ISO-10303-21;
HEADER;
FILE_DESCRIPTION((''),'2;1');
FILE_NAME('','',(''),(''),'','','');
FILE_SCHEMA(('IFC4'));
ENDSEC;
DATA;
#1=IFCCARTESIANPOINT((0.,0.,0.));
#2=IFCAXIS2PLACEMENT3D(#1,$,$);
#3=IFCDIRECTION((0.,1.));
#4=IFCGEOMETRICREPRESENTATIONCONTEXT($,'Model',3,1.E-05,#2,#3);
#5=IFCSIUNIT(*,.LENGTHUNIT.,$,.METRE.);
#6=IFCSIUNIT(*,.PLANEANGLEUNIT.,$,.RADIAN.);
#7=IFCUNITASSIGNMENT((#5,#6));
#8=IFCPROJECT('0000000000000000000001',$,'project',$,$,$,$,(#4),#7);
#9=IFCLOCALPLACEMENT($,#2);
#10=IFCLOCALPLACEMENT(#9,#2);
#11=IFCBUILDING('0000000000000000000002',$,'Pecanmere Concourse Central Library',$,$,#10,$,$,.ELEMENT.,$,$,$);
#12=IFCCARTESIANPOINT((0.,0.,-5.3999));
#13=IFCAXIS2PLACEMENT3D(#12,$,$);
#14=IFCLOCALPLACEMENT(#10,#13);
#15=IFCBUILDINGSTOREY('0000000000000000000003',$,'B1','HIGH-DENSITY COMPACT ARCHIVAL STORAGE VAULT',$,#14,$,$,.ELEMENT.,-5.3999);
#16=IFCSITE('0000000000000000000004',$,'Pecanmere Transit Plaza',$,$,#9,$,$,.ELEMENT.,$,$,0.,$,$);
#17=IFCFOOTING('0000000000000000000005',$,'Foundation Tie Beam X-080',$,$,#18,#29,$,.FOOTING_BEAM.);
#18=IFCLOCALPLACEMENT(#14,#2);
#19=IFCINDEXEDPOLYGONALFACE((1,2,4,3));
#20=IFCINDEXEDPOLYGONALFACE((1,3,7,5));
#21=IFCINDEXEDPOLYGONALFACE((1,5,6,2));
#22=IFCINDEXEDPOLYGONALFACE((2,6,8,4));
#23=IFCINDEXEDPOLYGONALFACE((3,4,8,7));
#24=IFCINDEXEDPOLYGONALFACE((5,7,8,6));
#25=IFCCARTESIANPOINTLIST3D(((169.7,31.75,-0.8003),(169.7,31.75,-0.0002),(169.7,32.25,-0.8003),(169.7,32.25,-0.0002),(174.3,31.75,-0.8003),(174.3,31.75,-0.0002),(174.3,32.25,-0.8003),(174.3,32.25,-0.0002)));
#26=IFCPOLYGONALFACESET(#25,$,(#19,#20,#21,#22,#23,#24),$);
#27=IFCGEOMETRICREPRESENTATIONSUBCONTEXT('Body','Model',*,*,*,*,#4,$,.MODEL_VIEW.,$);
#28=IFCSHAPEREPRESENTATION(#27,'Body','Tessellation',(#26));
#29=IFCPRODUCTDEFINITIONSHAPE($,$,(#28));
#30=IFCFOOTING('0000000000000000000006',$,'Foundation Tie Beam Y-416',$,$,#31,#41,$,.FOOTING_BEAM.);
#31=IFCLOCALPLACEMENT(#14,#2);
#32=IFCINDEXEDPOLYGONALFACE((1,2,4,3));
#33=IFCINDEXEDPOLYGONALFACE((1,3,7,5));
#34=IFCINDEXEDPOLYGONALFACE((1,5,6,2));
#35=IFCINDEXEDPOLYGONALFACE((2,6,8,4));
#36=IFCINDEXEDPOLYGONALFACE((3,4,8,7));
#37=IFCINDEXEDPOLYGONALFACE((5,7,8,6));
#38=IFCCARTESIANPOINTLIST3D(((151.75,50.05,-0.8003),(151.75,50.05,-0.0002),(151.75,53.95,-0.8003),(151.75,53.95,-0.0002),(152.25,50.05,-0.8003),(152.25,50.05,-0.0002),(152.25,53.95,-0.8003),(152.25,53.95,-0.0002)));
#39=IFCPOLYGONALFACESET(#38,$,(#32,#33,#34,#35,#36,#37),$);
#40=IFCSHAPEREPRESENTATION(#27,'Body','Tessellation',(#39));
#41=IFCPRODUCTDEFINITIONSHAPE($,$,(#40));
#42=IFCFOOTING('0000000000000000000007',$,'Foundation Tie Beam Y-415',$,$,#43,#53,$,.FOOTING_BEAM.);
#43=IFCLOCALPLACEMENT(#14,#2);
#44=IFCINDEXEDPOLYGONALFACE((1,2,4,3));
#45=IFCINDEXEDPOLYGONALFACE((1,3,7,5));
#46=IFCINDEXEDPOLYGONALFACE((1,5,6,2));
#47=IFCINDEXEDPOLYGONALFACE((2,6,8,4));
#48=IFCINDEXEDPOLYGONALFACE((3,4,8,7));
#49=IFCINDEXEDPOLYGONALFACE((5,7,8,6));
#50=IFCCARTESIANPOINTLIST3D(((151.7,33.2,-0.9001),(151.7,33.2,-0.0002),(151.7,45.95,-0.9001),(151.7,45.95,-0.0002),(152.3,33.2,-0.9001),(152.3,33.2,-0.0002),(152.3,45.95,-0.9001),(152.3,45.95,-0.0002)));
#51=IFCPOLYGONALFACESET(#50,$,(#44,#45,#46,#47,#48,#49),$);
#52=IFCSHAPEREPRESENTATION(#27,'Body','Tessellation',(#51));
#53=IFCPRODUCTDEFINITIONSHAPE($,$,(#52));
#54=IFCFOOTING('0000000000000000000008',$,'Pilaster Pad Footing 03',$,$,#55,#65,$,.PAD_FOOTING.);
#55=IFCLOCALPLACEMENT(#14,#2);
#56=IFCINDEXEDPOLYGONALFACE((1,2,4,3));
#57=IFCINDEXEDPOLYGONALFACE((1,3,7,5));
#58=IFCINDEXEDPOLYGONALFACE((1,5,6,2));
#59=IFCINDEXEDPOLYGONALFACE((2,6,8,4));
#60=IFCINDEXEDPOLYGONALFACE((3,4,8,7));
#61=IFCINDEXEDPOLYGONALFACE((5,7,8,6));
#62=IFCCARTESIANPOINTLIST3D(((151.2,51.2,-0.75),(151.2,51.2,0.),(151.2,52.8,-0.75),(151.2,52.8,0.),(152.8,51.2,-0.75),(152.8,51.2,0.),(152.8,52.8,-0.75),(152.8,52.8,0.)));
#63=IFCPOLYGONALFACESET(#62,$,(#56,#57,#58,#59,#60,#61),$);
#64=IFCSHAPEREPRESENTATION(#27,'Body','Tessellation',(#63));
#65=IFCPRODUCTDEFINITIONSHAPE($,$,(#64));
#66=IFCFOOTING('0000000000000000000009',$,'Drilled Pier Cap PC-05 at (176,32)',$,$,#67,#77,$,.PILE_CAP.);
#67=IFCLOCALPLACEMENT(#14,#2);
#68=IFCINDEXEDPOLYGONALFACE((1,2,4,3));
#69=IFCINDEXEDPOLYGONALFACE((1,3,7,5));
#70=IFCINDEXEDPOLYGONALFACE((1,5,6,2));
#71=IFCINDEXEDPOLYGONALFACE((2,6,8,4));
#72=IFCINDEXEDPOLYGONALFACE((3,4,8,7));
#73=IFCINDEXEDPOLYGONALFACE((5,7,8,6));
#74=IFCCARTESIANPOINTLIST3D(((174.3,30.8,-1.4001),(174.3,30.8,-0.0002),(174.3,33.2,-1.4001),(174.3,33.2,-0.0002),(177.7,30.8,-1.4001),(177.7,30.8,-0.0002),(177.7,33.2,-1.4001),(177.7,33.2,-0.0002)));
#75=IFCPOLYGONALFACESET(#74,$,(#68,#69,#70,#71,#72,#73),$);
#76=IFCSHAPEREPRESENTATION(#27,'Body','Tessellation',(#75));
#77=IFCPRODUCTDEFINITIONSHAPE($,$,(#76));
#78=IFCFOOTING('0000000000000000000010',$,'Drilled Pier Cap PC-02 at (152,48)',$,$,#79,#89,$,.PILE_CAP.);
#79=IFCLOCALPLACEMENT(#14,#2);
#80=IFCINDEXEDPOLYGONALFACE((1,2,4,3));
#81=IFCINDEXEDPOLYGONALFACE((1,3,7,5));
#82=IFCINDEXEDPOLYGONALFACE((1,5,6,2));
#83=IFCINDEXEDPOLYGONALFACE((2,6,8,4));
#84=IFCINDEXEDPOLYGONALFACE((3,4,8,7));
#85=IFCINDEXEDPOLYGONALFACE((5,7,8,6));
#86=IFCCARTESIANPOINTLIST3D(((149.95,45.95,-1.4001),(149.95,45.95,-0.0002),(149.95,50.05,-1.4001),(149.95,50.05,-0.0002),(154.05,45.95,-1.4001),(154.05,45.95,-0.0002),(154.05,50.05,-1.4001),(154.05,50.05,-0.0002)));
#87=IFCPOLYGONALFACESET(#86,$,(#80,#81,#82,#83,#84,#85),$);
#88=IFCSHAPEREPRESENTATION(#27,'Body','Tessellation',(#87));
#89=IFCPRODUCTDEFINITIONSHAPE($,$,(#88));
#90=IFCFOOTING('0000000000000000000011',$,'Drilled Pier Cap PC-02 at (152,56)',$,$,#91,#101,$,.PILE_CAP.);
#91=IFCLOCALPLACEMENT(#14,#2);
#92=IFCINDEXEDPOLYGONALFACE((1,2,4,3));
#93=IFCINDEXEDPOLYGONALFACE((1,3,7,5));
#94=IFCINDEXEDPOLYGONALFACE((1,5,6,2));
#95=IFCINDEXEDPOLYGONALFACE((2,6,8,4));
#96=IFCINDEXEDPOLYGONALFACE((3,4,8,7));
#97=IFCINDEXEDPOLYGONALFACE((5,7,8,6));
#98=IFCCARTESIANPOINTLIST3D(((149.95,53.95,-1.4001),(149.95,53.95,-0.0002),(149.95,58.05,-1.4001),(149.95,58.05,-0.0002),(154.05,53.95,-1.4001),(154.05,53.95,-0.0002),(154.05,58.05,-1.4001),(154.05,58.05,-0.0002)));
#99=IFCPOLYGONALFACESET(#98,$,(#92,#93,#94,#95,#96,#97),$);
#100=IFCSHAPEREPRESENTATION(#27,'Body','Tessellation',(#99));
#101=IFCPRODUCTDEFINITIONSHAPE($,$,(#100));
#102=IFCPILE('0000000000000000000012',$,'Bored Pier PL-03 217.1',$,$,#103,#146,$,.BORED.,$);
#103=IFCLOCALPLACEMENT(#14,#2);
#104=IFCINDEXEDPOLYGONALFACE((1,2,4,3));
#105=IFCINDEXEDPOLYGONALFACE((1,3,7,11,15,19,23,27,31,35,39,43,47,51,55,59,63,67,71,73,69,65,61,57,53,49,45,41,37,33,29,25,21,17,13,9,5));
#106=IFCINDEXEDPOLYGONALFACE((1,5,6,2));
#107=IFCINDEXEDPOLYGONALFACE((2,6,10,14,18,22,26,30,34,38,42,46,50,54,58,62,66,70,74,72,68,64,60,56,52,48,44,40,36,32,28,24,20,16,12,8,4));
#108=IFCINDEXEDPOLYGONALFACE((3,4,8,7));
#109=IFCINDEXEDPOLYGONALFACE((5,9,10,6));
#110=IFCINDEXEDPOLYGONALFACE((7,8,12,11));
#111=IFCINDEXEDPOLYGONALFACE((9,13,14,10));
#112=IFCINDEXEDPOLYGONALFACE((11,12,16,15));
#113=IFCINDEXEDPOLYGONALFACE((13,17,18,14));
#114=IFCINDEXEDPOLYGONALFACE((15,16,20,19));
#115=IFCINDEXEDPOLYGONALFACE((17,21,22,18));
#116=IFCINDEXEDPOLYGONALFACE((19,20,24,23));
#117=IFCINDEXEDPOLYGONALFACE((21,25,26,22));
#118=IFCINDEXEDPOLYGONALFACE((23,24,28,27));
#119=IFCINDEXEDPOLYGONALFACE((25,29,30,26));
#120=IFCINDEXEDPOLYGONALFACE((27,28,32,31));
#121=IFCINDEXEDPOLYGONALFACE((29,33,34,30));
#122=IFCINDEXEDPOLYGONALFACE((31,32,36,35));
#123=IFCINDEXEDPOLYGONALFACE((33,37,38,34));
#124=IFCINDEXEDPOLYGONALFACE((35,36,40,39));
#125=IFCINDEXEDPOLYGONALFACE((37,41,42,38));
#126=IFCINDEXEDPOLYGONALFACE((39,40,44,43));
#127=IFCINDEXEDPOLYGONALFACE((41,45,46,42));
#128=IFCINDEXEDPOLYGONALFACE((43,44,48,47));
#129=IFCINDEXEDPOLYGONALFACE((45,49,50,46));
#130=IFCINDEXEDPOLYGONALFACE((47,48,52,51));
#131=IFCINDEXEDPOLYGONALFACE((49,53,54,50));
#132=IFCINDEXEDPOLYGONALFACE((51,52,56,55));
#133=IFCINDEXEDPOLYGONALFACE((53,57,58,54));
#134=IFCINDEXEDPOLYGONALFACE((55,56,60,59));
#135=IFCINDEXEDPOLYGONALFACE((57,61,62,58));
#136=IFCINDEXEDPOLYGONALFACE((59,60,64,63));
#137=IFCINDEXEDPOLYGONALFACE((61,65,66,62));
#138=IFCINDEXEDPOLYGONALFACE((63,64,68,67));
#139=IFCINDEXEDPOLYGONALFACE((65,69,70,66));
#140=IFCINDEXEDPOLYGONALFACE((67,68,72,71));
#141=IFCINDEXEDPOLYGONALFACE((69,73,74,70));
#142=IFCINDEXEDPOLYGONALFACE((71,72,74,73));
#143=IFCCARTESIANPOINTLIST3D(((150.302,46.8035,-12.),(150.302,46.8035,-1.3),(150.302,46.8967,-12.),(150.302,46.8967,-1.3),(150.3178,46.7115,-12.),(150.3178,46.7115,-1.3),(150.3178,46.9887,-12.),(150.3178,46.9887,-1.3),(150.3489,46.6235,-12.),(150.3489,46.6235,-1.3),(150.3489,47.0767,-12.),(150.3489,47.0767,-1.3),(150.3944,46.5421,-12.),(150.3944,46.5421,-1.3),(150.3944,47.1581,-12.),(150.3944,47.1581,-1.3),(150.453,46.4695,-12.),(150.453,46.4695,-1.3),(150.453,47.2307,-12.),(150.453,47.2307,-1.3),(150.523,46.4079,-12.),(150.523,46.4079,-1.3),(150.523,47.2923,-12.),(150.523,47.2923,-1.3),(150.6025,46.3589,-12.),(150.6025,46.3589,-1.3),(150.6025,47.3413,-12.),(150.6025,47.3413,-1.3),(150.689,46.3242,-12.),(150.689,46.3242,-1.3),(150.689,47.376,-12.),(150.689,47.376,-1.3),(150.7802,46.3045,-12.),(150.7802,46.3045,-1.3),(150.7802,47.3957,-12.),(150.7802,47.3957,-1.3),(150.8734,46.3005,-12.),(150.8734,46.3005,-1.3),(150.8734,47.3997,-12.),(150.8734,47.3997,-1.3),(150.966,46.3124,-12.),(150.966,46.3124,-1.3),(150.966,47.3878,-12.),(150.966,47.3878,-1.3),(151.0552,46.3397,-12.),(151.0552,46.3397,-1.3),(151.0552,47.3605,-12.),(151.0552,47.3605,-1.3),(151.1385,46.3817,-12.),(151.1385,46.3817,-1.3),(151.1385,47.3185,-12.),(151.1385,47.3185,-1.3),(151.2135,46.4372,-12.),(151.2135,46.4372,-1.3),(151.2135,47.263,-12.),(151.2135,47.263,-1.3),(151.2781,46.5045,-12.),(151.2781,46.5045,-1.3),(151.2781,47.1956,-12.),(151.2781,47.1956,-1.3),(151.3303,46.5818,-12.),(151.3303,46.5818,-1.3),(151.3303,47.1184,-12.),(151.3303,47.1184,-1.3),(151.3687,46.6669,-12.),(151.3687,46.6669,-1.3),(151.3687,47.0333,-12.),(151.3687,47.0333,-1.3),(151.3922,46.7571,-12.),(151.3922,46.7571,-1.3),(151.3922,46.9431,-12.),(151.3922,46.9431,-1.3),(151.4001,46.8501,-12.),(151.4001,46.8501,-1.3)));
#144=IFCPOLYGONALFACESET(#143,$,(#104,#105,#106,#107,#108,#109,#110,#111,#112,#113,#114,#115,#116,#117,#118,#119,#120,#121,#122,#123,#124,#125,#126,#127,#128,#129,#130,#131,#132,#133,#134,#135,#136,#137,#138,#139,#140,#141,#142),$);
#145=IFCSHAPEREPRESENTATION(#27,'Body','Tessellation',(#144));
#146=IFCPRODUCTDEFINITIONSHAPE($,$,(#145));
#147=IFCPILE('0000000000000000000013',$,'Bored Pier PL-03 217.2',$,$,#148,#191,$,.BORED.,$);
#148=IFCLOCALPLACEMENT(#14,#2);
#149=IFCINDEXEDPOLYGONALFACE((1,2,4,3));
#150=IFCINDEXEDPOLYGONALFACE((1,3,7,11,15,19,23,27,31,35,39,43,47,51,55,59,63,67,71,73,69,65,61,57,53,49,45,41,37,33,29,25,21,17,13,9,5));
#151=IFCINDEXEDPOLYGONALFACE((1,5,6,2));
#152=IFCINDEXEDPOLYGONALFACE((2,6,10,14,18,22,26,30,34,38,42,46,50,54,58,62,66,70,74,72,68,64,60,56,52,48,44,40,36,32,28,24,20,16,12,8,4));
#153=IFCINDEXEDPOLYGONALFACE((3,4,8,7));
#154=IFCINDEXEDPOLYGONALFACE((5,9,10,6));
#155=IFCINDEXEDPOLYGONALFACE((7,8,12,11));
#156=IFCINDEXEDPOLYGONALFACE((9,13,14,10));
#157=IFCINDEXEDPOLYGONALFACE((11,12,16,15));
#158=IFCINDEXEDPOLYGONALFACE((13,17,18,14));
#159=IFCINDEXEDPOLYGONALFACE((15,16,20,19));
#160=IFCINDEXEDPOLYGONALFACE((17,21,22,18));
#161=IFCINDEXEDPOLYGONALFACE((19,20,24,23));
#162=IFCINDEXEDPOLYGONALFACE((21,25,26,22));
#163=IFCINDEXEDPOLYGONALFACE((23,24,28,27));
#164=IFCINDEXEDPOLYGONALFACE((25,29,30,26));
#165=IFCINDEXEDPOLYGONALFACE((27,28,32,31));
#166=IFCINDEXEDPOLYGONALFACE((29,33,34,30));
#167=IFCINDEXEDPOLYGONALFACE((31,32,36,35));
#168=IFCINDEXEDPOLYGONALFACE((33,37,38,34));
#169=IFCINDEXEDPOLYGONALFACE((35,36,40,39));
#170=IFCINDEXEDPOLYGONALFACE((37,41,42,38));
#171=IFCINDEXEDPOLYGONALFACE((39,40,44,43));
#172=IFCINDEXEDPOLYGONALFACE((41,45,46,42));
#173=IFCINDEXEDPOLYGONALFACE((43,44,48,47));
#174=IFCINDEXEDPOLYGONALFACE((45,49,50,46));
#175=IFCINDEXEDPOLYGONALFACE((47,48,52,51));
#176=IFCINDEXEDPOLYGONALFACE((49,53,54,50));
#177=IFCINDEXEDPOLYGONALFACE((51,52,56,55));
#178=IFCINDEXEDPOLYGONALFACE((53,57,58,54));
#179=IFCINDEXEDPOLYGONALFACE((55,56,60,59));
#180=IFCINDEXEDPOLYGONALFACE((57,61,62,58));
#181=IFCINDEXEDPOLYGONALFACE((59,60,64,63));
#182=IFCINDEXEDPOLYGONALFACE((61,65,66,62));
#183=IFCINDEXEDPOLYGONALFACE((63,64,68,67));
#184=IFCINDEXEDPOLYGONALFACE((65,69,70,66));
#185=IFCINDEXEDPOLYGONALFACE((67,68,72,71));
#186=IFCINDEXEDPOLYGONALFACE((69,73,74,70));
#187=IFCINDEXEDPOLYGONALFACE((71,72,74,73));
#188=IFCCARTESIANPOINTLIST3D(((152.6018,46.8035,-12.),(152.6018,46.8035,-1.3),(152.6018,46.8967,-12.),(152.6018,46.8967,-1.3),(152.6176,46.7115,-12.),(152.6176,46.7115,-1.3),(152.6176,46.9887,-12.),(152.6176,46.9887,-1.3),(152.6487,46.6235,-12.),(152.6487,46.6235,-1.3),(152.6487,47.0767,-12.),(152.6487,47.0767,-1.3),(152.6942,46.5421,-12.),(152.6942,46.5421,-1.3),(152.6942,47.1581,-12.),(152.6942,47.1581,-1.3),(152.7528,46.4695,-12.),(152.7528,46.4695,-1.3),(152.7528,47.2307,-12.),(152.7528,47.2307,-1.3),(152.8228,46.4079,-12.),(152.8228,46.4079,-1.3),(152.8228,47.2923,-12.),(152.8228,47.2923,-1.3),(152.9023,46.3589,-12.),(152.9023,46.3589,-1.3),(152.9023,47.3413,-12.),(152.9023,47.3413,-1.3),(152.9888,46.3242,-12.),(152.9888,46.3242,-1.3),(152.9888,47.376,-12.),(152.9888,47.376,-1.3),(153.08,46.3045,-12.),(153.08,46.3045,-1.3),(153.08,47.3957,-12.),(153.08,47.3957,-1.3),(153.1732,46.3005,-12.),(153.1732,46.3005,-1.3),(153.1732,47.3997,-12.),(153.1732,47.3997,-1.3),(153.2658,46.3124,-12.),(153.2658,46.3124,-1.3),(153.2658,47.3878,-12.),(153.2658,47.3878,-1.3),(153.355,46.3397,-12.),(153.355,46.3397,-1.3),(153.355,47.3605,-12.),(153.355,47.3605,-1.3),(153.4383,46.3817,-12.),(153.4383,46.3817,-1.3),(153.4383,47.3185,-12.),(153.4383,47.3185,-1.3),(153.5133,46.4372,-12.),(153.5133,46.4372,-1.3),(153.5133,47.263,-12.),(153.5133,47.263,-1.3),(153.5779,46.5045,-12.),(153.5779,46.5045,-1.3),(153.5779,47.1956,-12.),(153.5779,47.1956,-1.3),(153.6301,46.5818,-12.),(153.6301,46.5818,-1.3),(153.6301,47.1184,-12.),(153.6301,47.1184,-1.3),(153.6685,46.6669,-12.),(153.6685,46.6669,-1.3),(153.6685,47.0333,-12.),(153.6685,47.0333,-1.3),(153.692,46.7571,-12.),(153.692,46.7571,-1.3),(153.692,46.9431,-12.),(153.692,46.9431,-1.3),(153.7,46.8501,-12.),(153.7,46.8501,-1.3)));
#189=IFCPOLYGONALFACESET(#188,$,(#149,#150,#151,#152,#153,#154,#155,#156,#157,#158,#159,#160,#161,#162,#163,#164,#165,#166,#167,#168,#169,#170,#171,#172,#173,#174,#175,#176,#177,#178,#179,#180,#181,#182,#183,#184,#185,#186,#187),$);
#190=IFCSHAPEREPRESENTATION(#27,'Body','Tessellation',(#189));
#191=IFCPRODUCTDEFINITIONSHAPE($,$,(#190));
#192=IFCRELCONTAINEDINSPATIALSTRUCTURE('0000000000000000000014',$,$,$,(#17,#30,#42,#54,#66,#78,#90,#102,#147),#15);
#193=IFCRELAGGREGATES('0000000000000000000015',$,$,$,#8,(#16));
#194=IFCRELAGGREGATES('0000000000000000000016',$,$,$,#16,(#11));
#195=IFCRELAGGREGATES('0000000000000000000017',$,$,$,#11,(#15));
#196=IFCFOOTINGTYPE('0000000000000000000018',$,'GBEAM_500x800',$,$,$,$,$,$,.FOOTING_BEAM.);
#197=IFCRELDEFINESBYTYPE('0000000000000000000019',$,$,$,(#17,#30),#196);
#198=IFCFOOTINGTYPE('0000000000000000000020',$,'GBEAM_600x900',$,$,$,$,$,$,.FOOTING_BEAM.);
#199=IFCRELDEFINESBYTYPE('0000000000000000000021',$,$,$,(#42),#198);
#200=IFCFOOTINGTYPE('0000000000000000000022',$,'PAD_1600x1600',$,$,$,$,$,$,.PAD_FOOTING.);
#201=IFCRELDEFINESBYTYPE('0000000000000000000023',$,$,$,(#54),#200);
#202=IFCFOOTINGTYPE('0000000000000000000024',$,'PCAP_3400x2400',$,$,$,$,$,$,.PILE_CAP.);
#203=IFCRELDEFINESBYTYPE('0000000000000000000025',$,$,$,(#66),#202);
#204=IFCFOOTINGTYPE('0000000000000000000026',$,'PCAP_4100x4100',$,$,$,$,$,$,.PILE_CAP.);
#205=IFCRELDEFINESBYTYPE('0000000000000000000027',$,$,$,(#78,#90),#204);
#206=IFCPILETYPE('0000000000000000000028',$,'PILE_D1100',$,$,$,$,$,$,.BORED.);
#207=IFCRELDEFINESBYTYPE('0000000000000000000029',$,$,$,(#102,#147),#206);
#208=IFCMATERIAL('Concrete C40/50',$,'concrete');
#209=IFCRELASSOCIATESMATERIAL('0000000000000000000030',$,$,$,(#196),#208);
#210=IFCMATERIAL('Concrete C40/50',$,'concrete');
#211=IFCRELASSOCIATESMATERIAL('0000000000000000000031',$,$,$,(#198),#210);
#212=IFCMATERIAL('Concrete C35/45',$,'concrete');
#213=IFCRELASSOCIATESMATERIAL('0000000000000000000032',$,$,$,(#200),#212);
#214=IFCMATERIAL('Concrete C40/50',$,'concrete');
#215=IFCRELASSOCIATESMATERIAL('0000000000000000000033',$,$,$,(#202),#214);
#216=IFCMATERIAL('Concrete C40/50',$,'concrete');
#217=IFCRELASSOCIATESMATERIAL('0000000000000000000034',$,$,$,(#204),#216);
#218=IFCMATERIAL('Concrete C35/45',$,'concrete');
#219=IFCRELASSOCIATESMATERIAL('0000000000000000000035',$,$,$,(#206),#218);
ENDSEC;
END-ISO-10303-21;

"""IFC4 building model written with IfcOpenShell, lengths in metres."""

from ifc_helpers import new_model, si_unit, direction, frame, origin, origin_2d, place, context, subcontext, project, spatial, rectangle, circle, extrude, material, material_profile, profile_set, type_object, element, save


model = new_model("IFC4")

# Units and contexts
model_context = context("Model", 3, precision=1e-05, world=origin(), true_north=direction((0.0, 1.0)))
body_context = subcontext(model_context, "Body", "Model", "MODEL_VIEW")
ifc_project = project(units=[si_unit("LENGTHUNIT", "METRE"), si_unit("PLANEANGLEUNIT", "RADIAN")], contexts=[model_context])

# Site, building, storey
site_placement = place(None, origin())
site = spatial("IfcSite", under=ifc_project, at=site_placement, Name="Pecanmere Transit Plaza", CompositionType="ELEMENT", RefElevation=0.0)
building_placement = place(site_placement, origin())
building = spatial("IfcBuilding", under=site, at=building_placement, Name="Pecanmere Concourse Central Library", CompositionType="ELEMENT")
storey_placement = place(building_placement, frame((0.0, 0.0, -5.3999)))
storey = spatial("IfcBuildingStorey", under=building, at=storey_placement, Name="B1", Description="HIGH-DENSITY COMPACT ARCHIVAL STORAGE VAULT", CompositionType="ELEMENT", Elevation=-5.3999)

# Footings
ifc_material_1 = material(Name="Concrete C40/50", Category="concrete")
ifc_material_profile_1 = material_profile(ifc_material_1, rectangle(XDim=0.5, YDim=0.8, at=origin_2d()), Name="RC 500x800")
ifc_profile_set_1 = profile_set([ifc_material_profile_1], Name="Concrete C40/50")
footing_type_1 = type_object("IfcFootingType", Name="GBEAM_500x800", PredefinedType="FOOTING_BEAM", material=ifc_profile_set_1)
footing_1_placement = place(storey_placement, frame((172.0, 32.0, -0.8003), z_axis=(0.0, 0.0, 1.0), x_axis=(1.0, 0.0, 0.0)))
element("IfcFooting", 1, at=footing_1_placement, inside=storey, type_object=footing_type_1, Name="Foundation Tie Beam X-080", PredefinedType="FOOTING_BEAM", context=body_context, shape_type="SweptSolid", body=[
    extrude(rectangle(XDim=4.6001, YDim=0.5, at=origin_2d()), origin(), (0.0, 0.0, 1.0), 0.8),
])
footing_2_placement = place(storey_placement, frame((152.0, 52.0, -0.8003), z_axis=(0.0, 0.0, 1.0), x_axis=(0.0, 1.0, 0.0)))
element("IfcFooting", 2, at=footing_2_placement, inside=storey, type_object=footing_type_1, Name="Foundation Tie Beam Y-416", PredefinedType="FOOTING_BEAM", context=body_context, shape_type="SweptSolid", body=[
    extrude(rectangle(XDim=3.8999, YDim=0.5, at=origin_2d()), origin(), (0.0, 0.0, 1.0), 0.8),
])
ifc_material_2 = material(Name="Concrete C40/50", Category="concrete")
ifc_material_profile_2 = material_profile(ifc_material_2, rectangle(XDim=0.6001, YDim=0.8999, at=origin_2d()), Name="RC 600x900")
ifc_profile_set_2 = profile_set([ifc_material_profile_2], Name="Concrete C40/50")
footing_type_2 = type_object("IfcFootingType", Name="GBEAM_600x900", PredefinedType="FOOTING_BEAM", material=ifc_profile_set_2)
footing_3_placement = place(storey_placement, frame((152.0, 39.575, -0.9001), z_axis=(0.0, 0.0, 1.0), x_axis=(0.0, 1.0, 0.0)))
element("IfcFooting", 3, at=footing_3_placement, inside=storey, type_object=footing_type_2, Name="Foundation Tie Beam Y-415", PredefinedType="FOOTING_BEAM", context=body_context, shape_type="SweptSolid", body=[
    extrude(rectangle(XDim=12.75, YDim=0.6001, at=origin_2d()), origin(), (0.0, 0.0, 1.0), 0.8999),
])
ifc_material_3 = material(Name="Concrete C35/45", Category="concrete")
footing_type_3 = type_object("IfcFootingType", Name="PAD_1600x1600", PredefinedType="PAD_FOOTING", material=ifc_material_3)
footing_4_placement = place(storey_placement, frame((152.0, 52.0, -0.75), z_axis=(0.0, 0.0, 1.0), x_axis=(1.0, 0.0, 0.0)))
element("IfcFooting", 4, at=footing_4_placement, inside=storey, type_object=footing_type_3, Name="Pilaster Pad Footing 03", PredefinedType="PAD_FOOTING", context=body_context, shape_type="SweptSolid", body=[
    extrude(rectangle(XDim=1.6001, YDim=1.6001, at=origin_2d()), origin(), (0.0, 0.0, 1.0), 0.75),
])
ifc_material_4 = material(Name="Concrete C40/50", Category="concrete")
footing_type_4 = type_object("IfcFootingType", Name="PCAP_3400x2400", PredefinedType="PILE_CAP", material=ifc_material_4)
footing_5_placement = place(storey_placement, frame((176.0, 32.0, -1.4001), z_axis=(0.0, 0.0, 1.0), x_axis=(1.0, 0.0, 0.0)))
element("IfcFooting", 5, at=footing_5_placement, inside=storey, type_object=footing_type_4, Name="Drilled Pier Cap PC-05 at (176,32)", PredefinedType="PILE_CAP", context=body_context, shape_type="SweptSolid", body=[
    extrude(rectangle(XDim=3.3999, YDim=2.3999, at=origin_2d()), origin(), (0.0, 0.0, 1.0), 1.3999),
])
ifc_material_5 = material(Name="Concrete C40/50", Category="concrete")
footing_type_5 = type_object("IfcFootingType", Name="PCAP_4100x4100", PredefinedType="PILE_CAP", material=ifc_material_5)
for number, where, z_axis, x_axis, name in (
    (6, (152.0, 48.0, -1.4001), (0.0, 0.0, 1.0), (1.0, 0.0, 0.0), "Drilled Pier Cap PC-02 at (152,48)"),
    (7, (152.0, 56.0, -1.4001), (0.0, 0.0, 1.0), (1.0, 0.0, 0.0), "Drilled Pier Cap PC-02 at (152,56)"),
):
    element("IfcFooting", number, at=place(storey_placement, frame(where, z_axis=z_axis, x_axis=x_axis)), inside=storey, type_object=footing_type_5, Name=name, PredefinedType="PILE_CAP", context=body_context, shape_type="SweptSolid", body=[
        extrude(rectangle(XDim=4.1001, YDim=4.1001, at=origin_2d()), origin(), (0.0, 0.0, 1.0), 1.3999),
    ])

# Piles
ifc_material_6 = material(Name="Concrete C35/45", Category="concrete")
ifc_material_profile_3 = material_profile(ifc_material_6, circle(Radius=0.55, at=origin_2d()), Name="PIER D1100")
ifc_profile_set_3 = profile_set([ifc_material_profile_3], Name="Concrete C35/45")
pile_type_1 = type_object("IfcPileType", Name="PILE_D1100", PredefinedType="BORED", material=ifc_profile_set_3)
for number, where, z_axis, x_axis, name in (
    (8, (150.8501, 46.8501, -1.3), (0.0, 0.0, -1.0), (1.0, 0.0, 0.0), "Bored Pier PL-03 217.1"),
    (9, (153.1499, 46.8501, -1.3), (0.0, 0.0, -1.0), (1.0, 0.0, 0.0), "Bored Pier PL-03 217.2"),
):
    element("IfcPile", number, at=place(storey_placement, frame(where, z_axis=z_axis, x_axis=x_axis)), inside=storey, type_object=pile_type_1, Name=name, PredefinedType="BORED", context=body_context, shape_type="SweptSolid", body=[
        extrude(circle(Radius=0.55, at=origin_2d()), origin(), (0.0, 0.0, 1.0), 10.7),
    ])

save(model, "model.ifc")
